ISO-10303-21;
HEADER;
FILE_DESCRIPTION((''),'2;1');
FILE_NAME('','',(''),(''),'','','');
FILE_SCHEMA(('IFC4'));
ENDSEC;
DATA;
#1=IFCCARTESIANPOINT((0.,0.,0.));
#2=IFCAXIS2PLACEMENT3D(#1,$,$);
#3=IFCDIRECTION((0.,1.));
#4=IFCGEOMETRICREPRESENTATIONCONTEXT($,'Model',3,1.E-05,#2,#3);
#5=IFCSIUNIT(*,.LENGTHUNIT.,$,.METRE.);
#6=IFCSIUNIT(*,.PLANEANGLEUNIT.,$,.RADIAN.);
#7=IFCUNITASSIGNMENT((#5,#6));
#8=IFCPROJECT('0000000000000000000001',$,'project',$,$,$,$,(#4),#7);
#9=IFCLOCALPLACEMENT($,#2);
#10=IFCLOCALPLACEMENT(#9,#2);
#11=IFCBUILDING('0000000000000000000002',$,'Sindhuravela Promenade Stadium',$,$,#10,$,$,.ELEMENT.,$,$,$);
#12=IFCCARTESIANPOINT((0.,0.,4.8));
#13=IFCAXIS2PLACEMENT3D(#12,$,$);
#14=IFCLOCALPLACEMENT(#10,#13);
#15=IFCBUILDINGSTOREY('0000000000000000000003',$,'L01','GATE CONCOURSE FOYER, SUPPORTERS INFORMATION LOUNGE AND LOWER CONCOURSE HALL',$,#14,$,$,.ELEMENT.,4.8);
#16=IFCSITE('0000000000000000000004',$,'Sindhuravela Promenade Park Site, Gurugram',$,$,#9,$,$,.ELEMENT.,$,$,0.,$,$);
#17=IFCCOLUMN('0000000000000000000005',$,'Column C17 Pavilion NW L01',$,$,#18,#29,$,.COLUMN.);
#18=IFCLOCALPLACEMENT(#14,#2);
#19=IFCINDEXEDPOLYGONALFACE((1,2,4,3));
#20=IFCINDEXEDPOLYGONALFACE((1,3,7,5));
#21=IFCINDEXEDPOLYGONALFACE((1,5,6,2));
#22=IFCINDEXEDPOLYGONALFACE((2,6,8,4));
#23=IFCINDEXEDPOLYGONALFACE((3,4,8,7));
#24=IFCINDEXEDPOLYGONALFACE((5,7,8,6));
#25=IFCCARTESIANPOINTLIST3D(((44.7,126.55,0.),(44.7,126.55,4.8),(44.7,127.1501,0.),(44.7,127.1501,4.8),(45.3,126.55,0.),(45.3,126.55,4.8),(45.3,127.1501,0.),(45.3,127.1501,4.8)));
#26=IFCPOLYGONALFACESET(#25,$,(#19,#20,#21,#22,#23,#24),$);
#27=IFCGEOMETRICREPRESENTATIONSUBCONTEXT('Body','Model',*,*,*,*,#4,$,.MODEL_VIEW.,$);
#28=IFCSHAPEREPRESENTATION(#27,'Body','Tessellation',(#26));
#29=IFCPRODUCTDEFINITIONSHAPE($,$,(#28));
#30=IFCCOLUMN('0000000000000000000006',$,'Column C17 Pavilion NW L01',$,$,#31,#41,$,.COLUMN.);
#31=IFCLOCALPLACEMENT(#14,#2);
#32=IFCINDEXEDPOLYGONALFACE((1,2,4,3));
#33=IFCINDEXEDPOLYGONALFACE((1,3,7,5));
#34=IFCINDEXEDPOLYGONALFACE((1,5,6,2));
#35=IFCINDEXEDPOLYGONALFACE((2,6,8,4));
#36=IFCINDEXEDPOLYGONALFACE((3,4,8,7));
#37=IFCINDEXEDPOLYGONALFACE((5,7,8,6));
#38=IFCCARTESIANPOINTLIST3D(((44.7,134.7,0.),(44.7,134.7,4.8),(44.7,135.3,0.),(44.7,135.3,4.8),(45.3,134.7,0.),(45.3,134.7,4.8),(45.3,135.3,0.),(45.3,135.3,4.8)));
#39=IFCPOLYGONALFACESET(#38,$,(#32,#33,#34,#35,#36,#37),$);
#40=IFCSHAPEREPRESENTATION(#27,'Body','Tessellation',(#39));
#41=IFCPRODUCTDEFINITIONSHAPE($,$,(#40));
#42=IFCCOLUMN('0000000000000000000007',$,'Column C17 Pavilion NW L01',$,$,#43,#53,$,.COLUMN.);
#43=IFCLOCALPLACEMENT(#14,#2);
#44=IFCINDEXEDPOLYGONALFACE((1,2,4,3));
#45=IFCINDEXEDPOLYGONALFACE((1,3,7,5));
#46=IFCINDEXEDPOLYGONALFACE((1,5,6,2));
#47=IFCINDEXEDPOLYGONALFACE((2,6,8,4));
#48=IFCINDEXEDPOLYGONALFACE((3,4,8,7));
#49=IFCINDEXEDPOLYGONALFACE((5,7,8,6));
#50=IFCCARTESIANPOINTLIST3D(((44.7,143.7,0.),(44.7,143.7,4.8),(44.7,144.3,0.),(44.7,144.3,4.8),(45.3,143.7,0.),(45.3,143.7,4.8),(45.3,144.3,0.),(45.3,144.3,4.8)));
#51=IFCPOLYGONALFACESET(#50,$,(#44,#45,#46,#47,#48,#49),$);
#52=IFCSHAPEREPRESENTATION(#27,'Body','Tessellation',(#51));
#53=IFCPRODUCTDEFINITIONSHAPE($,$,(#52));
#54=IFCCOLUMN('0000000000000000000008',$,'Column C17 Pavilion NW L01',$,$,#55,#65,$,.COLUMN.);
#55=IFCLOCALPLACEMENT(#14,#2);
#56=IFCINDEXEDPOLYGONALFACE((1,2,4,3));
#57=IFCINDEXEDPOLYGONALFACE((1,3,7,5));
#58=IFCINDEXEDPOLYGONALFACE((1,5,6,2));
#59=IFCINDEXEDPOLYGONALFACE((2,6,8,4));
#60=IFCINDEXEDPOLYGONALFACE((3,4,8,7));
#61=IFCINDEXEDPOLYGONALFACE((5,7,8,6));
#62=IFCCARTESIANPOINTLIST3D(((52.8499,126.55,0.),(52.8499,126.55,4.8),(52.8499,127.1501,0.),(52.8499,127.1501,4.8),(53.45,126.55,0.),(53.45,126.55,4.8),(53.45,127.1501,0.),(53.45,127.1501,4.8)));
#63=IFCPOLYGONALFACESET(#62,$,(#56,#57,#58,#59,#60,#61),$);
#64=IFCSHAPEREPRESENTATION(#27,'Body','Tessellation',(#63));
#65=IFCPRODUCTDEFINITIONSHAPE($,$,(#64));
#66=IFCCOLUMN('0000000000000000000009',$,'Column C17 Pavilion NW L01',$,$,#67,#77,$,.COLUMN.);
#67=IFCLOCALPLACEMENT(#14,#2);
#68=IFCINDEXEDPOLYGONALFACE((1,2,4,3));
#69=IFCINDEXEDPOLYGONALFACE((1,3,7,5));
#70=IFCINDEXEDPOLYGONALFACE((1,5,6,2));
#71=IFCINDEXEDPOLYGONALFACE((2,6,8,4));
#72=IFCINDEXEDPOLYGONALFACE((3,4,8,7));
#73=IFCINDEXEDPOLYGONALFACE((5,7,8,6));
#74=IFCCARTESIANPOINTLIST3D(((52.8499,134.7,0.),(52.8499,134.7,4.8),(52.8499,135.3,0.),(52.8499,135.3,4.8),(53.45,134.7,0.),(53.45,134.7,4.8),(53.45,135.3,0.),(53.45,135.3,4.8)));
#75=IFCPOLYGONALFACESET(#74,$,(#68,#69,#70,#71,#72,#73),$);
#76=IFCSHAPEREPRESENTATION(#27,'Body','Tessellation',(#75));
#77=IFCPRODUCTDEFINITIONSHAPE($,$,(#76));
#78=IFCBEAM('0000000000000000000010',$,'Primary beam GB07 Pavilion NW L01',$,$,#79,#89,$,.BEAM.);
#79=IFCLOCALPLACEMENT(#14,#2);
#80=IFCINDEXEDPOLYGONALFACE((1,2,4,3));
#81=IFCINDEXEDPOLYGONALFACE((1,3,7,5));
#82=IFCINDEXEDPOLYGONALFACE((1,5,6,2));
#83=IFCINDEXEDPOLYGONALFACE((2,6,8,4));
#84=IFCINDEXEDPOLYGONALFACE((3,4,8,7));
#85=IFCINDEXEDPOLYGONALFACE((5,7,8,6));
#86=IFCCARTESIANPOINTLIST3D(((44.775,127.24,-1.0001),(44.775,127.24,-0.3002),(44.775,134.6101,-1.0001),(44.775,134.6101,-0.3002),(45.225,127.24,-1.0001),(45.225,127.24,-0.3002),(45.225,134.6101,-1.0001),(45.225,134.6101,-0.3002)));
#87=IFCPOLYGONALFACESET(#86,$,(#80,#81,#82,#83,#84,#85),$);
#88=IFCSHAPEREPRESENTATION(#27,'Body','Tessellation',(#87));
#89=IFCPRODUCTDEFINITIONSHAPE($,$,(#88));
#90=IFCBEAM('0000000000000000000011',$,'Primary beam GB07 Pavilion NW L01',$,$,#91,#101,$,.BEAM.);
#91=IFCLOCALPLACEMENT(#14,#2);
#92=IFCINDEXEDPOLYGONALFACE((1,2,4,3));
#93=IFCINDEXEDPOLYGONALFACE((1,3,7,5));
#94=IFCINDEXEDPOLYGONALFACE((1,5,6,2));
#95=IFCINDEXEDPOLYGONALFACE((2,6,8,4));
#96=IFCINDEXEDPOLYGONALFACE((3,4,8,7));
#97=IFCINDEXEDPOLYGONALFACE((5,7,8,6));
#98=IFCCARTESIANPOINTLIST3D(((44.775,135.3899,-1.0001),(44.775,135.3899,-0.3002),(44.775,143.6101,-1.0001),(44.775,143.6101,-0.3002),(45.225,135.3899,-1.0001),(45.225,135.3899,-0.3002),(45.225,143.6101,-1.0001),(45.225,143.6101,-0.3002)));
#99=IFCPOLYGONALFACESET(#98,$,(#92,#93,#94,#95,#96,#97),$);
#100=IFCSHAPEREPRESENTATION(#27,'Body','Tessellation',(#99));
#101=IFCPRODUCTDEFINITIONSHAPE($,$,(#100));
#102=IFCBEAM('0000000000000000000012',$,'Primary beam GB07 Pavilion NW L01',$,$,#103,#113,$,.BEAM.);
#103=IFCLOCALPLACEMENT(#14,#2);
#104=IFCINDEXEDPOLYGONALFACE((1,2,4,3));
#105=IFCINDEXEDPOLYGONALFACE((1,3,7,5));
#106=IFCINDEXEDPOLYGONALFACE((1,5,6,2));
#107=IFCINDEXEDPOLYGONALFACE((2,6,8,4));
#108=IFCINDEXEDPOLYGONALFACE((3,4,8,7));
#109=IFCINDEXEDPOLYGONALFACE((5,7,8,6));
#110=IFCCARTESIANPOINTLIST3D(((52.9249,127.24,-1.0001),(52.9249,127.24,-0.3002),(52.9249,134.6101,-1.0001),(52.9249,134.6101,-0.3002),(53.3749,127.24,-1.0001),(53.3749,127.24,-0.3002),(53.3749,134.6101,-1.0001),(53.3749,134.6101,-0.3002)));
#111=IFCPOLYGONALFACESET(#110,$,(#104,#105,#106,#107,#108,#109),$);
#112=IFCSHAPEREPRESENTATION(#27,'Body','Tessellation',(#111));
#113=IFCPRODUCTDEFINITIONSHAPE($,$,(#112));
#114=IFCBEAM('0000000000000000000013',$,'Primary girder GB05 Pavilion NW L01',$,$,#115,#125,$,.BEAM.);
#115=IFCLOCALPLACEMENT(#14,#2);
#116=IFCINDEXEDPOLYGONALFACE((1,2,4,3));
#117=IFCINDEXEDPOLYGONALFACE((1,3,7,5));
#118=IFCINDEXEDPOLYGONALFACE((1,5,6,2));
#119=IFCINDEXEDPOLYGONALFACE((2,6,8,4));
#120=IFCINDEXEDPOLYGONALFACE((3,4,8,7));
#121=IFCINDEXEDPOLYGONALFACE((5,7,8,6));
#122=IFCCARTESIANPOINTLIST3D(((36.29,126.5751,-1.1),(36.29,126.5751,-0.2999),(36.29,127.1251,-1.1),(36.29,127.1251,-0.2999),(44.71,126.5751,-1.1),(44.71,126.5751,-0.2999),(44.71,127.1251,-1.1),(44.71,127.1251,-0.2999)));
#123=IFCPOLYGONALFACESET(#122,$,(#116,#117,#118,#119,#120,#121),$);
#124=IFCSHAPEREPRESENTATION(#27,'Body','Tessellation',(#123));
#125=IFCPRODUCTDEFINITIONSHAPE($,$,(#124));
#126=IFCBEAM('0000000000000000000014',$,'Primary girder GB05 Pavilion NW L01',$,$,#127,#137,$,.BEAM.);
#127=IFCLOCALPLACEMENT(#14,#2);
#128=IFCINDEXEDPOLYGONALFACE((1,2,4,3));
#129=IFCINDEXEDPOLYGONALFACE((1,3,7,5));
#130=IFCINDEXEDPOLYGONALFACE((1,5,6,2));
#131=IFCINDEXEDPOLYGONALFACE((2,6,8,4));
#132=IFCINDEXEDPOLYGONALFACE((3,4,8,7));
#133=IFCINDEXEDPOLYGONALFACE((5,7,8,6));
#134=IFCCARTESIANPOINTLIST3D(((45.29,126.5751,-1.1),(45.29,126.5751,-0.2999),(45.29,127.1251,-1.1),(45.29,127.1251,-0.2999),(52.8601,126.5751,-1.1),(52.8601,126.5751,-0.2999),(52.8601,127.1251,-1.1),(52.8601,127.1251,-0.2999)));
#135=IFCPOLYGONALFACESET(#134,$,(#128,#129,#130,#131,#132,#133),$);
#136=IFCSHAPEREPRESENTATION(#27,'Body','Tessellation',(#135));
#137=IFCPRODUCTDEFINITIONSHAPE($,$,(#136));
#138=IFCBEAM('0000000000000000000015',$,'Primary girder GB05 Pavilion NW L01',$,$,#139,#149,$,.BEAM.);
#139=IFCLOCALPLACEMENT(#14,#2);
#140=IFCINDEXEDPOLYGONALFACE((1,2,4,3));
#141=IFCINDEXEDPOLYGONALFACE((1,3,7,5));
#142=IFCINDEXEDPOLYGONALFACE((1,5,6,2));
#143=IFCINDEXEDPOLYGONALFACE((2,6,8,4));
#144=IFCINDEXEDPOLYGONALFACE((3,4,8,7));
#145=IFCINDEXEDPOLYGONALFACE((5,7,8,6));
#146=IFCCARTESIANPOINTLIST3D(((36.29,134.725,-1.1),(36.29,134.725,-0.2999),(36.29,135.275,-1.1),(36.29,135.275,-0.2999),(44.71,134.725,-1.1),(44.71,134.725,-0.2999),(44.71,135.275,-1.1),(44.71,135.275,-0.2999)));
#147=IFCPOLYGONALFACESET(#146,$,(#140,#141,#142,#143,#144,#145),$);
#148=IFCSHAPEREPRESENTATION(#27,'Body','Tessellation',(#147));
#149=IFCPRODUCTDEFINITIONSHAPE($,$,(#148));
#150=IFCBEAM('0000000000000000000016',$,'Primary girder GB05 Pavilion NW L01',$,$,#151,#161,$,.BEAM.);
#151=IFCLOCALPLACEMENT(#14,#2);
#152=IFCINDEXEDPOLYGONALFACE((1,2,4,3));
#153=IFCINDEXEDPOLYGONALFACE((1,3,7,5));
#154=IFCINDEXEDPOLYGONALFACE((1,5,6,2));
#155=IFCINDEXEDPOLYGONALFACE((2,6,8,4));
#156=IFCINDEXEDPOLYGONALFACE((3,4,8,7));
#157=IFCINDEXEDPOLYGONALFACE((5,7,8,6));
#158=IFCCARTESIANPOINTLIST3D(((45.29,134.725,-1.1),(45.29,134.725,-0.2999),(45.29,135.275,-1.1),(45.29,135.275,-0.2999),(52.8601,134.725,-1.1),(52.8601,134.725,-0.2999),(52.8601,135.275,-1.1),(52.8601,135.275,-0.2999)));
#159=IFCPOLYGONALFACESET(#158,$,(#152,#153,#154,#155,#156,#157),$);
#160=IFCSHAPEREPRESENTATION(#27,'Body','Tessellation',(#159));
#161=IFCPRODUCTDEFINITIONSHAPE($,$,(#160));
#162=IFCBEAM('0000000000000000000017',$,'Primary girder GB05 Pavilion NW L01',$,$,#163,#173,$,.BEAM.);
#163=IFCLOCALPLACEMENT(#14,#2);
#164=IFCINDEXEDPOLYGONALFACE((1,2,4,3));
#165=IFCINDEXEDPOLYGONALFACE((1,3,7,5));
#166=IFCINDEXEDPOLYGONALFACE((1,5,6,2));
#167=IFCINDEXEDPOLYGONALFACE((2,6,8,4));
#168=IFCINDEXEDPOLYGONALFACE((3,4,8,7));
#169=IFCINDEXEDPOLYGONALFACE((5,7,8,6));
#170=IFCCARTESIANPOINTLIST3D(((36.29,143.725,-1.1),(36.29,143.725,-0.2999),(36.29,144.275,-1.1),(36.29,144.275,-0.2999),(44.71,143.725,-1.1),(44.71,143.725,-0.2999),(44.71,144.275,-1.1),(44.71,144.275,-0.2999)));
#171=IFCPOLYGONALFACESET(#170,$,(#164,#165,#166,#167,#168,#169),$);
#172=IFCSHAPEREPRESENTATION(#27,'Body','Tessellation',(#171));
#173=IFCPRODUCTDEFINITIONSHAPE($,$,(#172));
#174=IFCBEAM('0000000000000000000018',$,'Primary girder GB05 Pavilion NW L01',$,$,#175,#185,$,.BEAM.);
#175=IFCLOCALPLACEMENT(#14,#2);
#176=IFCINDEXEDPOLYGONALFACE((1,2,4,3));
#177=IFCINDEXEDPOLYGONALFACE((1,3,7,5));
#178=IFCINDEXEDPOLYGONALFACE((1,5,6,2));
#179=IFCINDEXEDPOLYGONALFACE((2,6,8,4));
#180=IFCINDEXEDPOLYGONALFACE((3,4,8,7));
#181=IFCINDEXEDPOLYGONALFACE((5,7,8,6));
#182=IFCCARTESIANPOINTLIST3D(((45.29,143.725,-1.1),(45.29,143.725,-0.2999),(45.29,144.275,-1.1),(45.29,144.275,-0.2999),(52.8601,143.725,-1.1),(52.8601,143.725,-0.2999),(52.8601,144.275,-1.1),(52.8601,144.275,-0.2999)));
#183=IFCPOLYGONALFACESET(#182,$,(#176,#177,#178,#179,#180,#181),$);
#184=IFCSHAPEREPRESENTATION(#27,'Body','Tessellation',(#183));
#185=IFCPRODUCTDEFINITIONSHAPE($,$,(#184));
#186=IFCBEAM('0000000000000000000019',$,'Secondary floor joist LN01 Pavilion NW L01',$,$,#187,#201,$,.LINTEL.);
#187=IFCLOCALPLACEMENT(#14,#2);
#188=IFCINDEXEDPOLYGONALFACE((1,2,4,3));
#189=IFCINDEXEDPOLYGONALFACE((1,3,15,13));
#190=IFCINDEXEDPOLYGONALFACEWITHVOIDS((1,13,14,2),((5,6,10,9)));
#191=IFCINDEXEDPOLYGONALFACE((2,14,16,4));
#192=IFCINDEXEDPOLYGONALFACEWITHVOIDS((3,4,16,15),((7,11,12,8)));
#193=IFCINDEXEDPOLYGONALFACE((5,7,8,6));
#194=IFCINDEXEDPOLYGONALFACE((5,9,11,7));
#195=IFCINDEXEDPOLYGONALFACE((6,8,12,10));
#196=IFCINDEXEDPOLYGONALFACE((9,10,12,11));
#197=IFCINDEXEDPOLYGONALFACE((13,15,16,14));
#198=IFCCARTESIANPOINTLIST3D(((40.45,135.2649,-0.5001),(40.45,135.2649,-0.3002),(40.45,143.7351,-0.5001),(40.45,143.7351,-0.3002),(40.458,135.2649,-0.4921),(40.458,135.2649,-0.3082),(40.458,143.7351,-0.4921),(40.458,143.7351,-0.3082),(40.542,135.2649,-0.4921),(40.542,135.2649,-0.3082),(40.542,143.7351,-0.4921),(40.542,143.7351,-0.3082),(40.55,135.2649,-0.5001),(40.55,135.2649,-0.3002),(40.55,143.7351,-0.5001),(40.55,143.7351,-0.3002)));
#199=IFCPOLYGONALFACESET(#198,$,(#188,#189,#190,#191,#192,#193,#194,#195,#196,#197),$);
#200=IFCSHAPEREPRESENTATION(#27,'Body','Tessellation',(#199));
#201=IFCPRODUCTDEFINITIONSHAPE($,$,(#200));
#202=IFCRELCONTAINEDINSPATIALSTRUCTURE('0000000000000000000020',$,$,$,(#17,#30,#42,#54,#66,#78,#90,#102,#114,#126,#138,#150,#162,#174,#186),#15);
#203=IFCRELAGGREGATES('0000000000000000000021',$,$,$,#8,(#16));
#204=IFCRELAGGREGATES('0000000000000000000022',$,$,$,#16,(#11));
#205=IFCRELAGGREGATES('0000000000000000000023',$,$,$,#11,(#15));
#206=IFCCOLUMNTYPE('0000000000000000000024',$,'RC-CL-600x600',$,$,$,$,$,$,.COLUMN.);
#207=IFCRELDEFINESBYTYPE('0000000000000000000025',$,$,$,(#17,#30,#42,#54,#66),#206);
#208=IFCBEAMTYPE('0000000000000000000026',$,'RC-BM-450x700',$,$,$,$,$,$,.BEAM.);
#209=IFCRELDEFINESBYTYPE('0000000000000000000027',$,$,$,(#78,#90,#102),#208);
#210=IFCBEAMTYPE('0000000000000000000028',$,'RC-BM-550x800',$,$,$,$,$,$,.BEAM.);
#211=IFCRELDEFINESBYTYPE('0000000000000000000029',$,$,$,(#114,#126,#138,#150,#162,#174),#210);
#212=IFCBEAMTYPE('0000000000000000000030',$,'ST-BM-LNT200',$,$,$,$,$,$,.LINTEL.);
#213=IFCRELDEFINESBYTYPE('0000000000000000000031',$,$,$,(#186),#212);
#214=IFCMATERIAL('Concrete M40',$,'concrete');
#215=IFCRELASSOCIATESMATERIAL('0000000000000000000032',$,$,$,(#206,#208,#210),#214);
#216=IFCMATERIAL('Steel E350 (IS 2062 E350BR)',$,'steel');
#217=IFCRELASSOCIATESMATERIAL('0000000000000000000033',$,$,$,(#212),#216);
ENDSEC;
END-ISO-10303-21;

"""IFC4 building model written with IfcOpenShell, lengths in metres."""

from ifc_helpers import new_model, si_unit, direction, frame, origin, origin_2d, place, context, subcontext, project, spatial, rectangle, hollow_rectangle, extrude, material, material_profile, profile_set, type_object, element, save


model = new_model("IFC4")

# Units and contexts
model_context = context("Model", 3, precision=1e-05, world=origin(), true_north=direction((0.0, 1.0)))
body_context = subcontext(model_context, "Body", "Model", "MODEL_VIEW")
ifc_project = project(units=[si_unit("LENGTHUNIT", "METRE"), si_unit("PLANEANGLEUNIT", "RADIAN")], contexts=[model_context])

# Site, building, storey
site_placement = place(None, origin())
site = spatial("IfcSite", under=ifc_project, at=site_placement, Name="Sindhuravela Promenade Park Site, Gurugram", CompositionType="ELEMENT", RefElevation=0.0)
building_placement = place(site_placement, origin())
building = spatial("IfcBuilding", under=site, at=building_placement, Name="Sindhuravela Promenade Stadium", CompositionType="ELEMENT")
storey_placement = place(building_placement, frame((0.0, 0.0, 4.8)))
storey = spatial("IfcBuildingStorey", under=building, at=storey_placement, Name="L01", Description="GATE CONCOURSE FOYER, SUPPORTERS INFORMATION LOUNGE AND LOWER CONCOURSE HALL", CompositionType="ELEMENT", Elevation=4.8)

# Columns
ifc_material_1 = material(Name="Concrete M40", Category="concrete")
ifc_material_profile_1 = material_profile(ifc_material_1, rectangle(XDim=0.6001, YDim=0.6001, at=origin_2d()), Name="RC 600x600")
ifc_profile_set_1 = profile_set([ifc_material_profile_1], Name="Concrete M40")
column_type = type_object("IfcColumnType", Name="RC-CL-600x600", PredefinedType="COLUMN", material=ifc_profile_set_1)
for number, where, z_axis, x_axis, name in (
    (1, (45.0, 126.8501, 0.0), (0.0, 0.0, 1.0), (1.0, 0.0, 0.0), "Column C17 Pavilion NW L01"),
    (2, (45.0, 135.0, 0.0), (0.0, 0.0, 1.0), (1.0, 0.0, 0.0), "Column C17 Pavilion NW L01"),
    (3, (45.0, 144.0, 0.0), (0.0, 0.0, 1.0), (1.0, 0.0, 0.0), "Column C17 Pavilion NW L01"),
    (4, (53.1499, 126.8501, 0.0), (0.0, 0.0, 1.0), (1.0, 0.0, 0.0), "Column C17 Pavilion NW L01"),
    (5, (53.1499, 135.0, 0.0), (0.0, 0.0, 1.0), (1.0, 0.0, 0.0), "Column C17 Pavilion NW L01"),
):
    element("IfcColumn", number, at=place(storey_placement, frame(where, z_axis=z_axis, x_axis=x_axis)), inside=storey, type_object=column_type, Name=name, PredefinedType="COLUMN", context=body_context, shape_type="SweptSolid", body=[
        extrude(rectangle(XDim=0.6001, YDim=0.6001, at=origin_2d()), origin(), (0.0, 0.0, 1.0), 4.8),
    ])

# Beams
ifc_material_profile_2 = material_profile(ifc_material_1, rectangle(XDim=0.45, YDim=0.7, at=origin_2d()), Name="RC 450x700")
ifc_profile_set_2 = profile_set([ifc_material_profile_2], Name="Concrete M40")
beam_type_1 = type_object("IfcBeamType", Name="RC-BM-450x700", PredefinedType="BEAM", material=ifc_profile_set_2)
beam_1_placement = place(storey_placement, frame((45.0, 127.24, -0.6501), z_axis=(0.0, 1.0, 0.0), x_axis=(-1.0, 0.0, 0.0)))
element("IfcBeam", 6, at=beam_1_placement, inside=storey, type_object=beam_type_1, Name="Primary beam GB07 Pavilion NW L01", PredefinedType="BEAM", context=body_context, shape_type="SweptSolid", body=[
    extrude(rectangle(XDim=0.45, YDim=0.7, at=origin_2d()), origin(), (0.0, 0.0, 1.0), 7.3701),
])
beam_2_placement = place(storey_placement, frame((45.0, 135.3899, -0.6501), z_axis=(0.0, 1.0, 0.0), x_axis=(-1.0, 0.0, 0.0)))
element("IfcBeam", 7, at=beam_2_placement, inside=storey, type_object=beam_type_1, Name="Primary beam GB07 Pavilion NW L01", PredefinedType="BEAM", context=body_context, shape_type="SweptSolid", body=[
    extrude(rectangle(XDim=0.45, YDim=0.7, at=origin_2d()), origin(), (0.0, 0.0, 1.0), 8.2202),
])
beam_3_placement = place(storey_placement, frame((53.1499, 127.24, -0.6501), z_axis=(0.0, 1.0, 0.0), x_axis=(-1.0, 0.0, 0.0)))
element("IfcBeam", 8, at=beam_3_placement, inside=storey, type_object=beam_type_1, Name="Primary beam GB07 Pavilion NW L01", PredefinedType="BEAM", context=body_context, shape_type="SweptSolid", body=[
    extrude(rectangle(XDim=0.45, YDim=0.7, at=origin_2d()), origin(), (0.0, 0.0, 1.0), 7.3701),
])
ifc_material_profile_3 = material_profile(ifc_material_1, rectangle(XDim=0.55, YDim=0.8, at=origin_2d()), Name="RC 550x800")
ifc_profile_set_3 = profile_set([ifc_material_profile_3], Name="Concrete M40")
beam_type_2 = type_object("IfcBeamType", Name="RC-BM-550x800", PredefinedType="BEAM", material=ifc_profile_set_3)
beam_4_placement = place(storey_placement, frame((36.29, 126.8501, -0.7), z_axis=(1.0, 0.0, 0.0), x_axis=(0.0, 1.0, 0.0)))
element("IfcBeam", 9, at=beam_4_placement, inside=storey, type_object=beam_type_2, Name="Primary girder GB05 Pavilion NW L01", PredefinedType="BEAM", context=body_context, shape_type="SweptSolid", body=[
    extrude(rectangle(XDim=0.55, YDim=0.8, at=origin_2d()), origin(), (0.0, 0.0, 1.0), 8.4199),
])
beam_5_placement = place(storey_placement, frame((45.29, 126.8501, -0.7), z_axis=(1.0, 0.0, 0.0), x_axis=(0.0, 1.0, 0.0)))
element("IfcBeam", 10, at=beam_5_placement, inside=storey, type_object=beam_type_2, Name="Primary girder GB05 Pavilion NW L01", PredefinedType="BEAM", context=body_context, shape_type="SweptSolid", body=[
    extrude(rectangle(XDim=0.55, YDim=0.8, at=origin_2d()), origin(), (0.0, 0.0, 1.0), 7.5701),
])
beam_6_placement = place(storey_placement, frame((36.29, 135.0, -0.7), z_axis=(1.0, 0.0, 0.0), x_axis=(0.0, 1.0, 0.0)))
element("IfcBeam", 11, at=beam_6_placement, inside=storey, type_object=beam_type_2, Name="Primary girder GB05 Pavilion NW L01", PredefinedType="BEAM", context=body_context, shape_type="SweptSolid", body=[
    extrude(rectangle(XDim=0.55, YDim=0.8, at=origin_2d()), origin(), (0.0, 0.0, 1.0), 8.4199),
])
beam_7_placement = place(storey_placement, frame((45.29, 135.0, -0.7), z_axis=(1.0, 0.0, 0.0), x_axis=(0.0, 1.0, 0.0)))
element("IfcBeam", 12, at=beam_7_placement, inside=storey, type_object=beam_type_2, Name="Primary girder GB05 Pavilion NW L01", PredefinedType="BEAM", context=body_context, shape_type="SweptSolid", body=[
    extrude(rectangle(XDim=0.55, YDim=0.8, at=origin_2d()), origin(), (0.0, 0.0, 1.0), 7.5701),
])
beam_8_placement = place(storey_placement, frame((36.29, 144.0, -0.7), z_axis=(1.0, 0.0, 0.0), x_axis=(0.0, 1.0, 0.0)))
element("IfcBeam", 13, at=beam_8_placement, inside=storey, type_object=beam_type_2, Name="Primary girder GB05 Pavilion NW L01", PredefinedType="BEAM", context=body_context, shape_type="SweptSolid", body=[
    extrude(rectangle(XDim=0.55, YDim=0.8, at=origin_2d()), origin(), (0.0, 0.0, 1.0), 8.4199),
])
beam_9_placement = place(storey_placement, frame((45.29, 144.0, -0.7), z_axis=(1.0, 0.0, 0.0), x_axis=(0.0, 1.0, 0.0)))
element("IfcBeam", 14, at=beam_9_placement, inside=storey, type_object=beam_type_2, Name="Primary girder GB05 Pavilion NW L01", PredefinedType="BEAM", context=body_context, shape_type="SweptSolid", body=[
    extrude(rectangle(XDim=0.55, YDim=0.8, at=origin_2d()), origin(), (0.0, 0.0, 1.0), 7.5701),
])
ifc_material_2 = material(Name="Steel E350 (IS 2062 E350BR)", Category="steel")
ifc_material_profile_4 = material_profile(ifc_material_2, hollow_rectangle(XDim=0.1001, YDim=0.2, WallThickness=0.0081, at=origin_2d()), Name="RHS 200x100x8")
ifc_profile_set_4 = profile_set([ifc_material_profile_4], Name="Steel E350 (IS 2062 E350BR)")
beam_type_3 = type_object("IfcBeamType", Name="ST-BM-LNT200", PredefinedType="LINTEL", material=ifc_profile_set_4)
beam_10_placement = place(storey_placement, frame((40.5, 135.2649, -0.4001), z_axis=(0.0, 1.0, 0.0), x_axis=(-1.0, 0.0, 0.0)))
element("IfcBeam", 15, at=beam_10_placement, inside=storey, type_object=beam_type_3, Name="Secondary floor joist LN01 Pavilion NW L01", PredefinedType="LINTEL", context=body_context, shape_type="SweptSolid", body=[
    extrude(hollow_rectangle(XDim=0.1001, YDim=0.2, WallThickness=0.0081, at=origin_2d()), origin(), (0.0, 0.0, 1.0), 8.4702),
])

save(model, "model.ifc")
